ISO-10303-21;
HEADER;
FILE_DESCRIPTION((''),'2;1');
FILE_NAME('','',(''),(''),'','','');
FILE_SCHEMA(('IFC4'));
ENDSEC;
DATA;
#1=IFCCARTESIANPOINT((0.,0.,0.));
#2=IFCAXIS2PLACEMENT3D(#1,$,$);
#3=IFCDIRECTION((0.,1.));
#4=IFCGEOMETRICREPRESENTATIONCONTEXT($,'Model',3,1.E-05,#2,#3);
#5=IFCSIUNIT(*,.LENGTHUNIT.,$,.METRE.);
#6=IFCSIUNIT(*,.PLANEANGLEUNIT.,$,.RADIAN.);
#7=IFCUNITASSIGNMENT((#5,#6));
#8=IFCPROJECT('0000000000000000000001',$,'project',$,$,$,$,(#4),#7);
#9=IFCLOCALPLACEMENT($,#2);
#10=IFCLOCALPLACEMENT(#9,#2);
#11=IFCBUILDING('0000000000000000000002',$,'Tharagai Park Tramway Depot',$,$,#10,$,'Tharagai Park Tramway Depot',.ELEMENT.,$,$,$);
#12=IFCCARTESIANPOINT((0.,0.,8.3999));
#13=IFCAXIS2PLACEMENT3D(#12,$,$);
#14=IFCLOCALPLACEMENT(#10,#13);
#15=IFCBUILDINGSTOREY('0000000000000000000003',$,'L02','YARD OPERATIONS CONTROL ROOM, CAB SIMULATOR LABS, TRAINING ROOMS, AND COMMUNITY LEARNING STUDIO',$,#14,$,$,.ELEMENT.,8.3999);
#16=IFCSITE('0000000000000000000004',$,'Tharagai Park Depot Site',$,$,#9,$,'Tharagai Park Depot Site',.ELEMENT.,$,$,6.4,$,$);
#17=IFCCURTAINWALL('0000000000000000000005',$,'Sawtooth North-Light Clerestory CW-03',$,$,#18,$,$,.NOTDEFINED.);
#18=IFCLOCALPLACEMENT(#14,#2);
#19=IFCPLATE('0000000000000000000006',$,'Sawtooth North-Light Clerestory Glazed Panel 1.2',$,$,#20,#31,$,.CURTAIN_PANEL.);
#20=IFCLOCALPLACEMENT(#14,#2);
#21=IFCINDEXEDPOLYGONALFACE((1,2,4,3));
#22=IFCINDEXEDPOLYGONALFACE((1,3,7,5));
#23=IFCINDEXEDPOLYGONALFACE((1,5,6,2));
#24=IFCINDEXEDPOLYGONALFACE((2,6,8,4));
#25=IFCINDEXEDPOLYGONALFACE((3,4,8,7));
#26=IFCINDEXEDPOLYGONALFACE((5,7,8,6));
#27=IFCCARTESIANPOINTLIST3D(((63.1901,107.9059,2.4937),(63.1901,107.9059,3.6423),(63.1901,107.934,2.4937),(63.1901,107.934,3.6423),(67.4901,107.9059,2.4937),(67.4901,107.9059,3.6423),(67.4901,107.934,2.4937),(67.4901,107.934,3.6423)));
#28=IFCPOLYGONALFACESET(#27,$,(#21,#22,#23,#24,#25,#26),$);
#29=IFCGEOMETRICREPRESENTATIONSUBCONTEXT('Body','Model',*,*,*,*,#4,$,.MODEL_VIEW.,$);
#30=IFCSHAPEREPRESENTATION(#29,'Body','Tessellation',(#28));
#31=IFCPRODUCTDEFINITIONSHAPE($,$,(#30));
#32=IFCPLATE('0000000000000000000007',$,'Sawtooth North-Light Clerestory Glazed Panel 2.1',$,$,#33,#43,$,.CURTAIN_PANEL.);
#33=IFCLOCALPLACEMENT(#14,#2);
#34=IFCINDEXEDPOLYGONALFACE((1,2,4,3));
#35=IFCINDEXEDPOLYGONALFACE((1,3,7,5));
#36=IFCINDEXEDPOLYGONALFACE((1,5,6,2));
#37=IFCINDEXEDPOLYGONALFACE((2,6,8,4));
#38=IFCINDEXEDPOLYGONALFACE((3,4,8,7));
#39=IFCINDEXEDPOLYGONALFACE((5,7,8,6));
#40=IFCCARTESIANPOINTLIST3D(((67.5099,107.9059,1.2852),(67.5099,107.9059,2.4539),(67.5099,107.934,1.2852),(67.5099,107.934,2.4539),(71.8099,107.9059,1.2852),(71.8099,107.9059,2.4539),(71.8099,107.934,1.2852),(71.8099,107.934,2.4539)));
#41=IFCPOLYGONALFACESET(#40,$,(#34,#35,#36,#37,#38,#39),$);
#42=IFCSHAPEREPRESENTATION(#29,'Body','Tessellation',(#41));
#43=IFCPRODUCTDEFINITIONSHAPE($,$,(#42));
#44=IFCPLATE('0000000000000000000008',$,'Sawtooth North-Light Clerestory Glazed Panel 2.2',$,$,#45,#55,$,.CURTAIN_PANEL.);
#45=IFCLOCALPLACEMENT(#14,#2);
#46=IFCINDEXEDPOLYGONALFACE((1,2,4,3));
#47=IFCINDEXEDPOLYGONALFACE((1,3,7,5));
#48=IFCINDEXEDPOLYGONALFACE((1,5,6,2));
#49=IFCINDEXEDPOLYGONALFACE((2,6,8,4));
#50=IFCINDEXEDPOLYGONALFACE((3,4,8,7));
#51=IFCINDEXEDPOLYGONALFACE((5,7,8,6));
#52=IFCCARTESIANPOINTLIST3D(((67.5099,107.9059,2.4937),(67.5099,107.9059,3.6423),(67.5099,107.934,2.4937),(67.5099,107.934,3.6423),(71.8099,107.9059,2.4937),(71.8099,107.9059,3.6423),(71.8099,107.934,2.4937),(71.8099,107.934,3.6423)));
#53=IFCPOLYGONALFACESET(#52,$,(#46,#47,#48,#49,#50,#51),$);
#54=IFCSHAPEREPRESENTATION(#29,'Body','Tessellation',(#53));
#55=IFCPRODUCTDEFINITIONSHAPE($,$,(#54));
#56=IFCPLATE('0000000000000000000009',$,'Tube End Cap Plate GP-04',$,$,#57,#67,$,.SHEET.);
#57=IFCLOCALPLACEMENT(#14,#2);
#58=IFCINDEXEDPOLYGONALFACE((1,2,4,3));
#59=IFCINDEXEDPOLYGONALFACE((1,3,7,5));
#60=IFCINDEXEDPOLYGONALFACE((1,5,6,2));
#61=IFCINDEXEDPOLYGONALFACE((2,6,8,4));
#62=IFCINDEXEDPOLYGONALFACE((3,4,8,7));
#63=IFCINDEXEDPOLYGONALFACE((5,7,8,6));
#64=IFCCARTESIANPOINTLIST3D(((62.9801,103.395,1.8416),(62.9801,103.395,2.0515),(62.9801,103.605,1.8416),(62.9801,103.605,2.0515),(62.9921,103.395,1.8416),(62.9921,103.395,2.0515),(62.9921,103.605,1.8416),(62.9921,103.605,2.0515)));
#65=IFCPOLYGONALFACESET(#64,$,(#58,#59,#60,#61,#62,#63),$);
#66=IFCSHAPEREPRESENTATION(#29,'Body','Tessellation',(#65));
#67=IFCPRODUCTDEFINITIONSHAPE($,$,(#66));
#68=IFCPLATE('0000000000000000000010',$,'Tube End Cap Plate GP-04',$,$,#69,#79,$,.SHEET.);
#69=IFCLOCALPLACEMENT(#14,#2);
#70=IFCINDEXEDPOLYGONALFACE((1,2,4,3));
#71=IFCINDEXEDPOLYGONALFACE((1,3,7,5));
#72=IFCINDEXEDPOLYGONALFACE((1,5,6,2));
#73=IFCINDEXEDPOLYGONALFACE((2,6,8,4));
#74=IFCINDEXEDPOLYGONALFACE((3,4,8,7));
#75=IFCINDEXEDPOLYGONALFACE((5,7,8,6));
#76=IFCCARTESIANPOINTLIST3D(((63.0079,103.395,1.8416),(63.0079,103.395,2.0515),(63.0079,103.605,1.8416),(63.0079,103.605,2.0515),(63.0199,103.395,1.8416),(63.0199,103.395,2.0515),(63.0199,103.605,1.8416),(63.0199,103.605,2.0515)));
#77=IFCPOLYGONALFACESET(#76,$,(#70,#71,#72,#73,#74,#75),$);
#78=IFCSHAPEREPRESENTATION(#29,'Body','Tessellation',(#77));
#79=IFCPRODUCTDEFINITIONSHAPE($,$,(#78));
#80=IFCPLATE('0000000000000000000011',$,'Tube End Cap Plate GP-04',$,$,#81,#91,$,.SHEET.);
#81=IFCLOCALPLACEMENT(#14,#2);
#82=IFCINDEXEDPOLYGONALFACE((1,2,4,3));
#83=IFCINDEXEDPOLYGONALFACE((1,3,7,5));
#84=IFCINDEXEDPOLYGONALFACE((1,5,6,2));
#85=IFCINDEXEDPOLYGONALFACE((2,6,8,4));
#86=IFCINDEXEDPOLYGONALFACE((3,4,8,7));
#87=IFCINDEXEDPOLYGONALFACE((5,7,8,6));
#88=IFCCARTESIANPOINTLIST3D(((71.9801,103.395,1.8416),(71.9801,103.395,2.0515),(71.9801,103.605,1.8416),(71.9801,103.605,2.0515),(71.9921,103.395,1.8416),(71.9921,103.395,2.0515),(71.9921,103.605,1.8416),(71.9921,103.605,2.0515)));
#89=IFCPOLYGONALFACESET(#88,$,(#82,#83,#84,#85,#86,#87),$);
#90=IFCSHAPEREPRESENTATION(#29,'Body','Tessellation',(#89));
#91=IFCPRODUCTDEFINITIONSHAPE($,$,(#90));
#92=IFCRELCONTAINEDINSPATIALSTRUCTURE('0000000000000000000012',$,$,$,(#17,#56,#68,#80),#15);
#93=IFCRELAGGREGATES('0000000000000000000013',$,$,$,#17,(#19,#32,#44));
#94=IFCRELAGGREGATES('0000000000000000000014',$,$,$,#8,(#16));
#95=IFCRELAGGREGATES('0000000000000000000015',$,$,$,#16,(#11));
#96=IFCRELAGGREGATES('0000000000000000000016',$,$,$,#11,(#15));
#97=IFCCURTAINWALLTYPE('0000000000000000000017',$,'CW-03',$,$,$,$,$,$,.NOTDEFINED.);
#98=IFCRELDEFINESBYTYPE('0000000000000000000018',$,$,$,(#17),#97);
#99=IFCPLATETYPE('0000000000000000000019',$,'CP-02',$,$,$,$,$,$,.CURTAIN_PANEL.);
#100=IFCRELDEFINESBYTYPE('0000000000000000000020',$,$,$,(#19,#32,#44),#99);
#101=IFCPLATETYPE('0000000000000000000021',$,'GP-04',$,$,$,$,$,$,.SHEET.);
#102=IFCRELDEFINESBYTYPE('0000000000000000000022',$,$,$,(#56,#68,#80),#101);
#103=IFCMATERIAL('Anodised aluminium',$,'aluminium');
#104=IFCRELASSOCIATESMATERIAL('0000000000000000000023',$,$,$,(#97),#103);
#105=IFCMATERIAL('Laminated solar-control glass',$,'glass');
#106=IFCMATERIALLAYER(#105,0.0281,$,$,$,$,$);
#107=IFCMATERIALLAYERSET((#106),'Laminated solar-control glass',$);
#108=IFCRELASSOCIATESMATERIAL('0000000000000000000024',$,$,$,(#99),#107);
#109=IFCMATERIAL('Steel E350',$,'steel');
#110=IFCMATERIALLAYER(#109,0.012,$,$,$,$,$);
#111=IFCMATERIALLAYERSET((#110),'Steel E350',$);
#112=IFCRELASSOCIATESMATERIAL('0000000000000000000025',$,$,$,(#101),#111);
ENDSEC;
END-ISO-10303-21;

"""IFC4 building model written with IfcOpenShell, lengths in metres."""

from ifc_helpers import new_model, si_unit, direction, frame, origin, origin_2d, place, context, subcontext, project, spatial, rectangle, extrude, material, layer, layer_set, type_object, element, aggregate, save


model = new_model("IFC4")

# Units and contexts
model_context = context("Model", 3, precision=1e-05, world=origin(), true_north=direction((0.0, 1.0)))
body_context = subcontext(model_context, "Body", "Model", "MODEL_VIEW")
ifc_project = project(units=[si_unit("LENGTHUNIT", "METRE"), si_unit("PLANEANGLEUNIT", "RADIAN")], contexts=[model_context])

# Site, building, storey
site_placement = place(None, origin())
site = spatial("IfcSite", under=ifc_project, at=site_placement, Name="Tharagai Park Depot Site", LongName="Tharagai Park Depot Site", CompositionType="ELEMENT", RefElevation=6.4)
building_placement = place(site_placement, origin())
building = spatial("IfcBuilding", under=site, at=building_placement, Name="Tharagai Park Tramway Depot", LongName="Tharagai Park Tramway Depot", CompositionType="ELEMENT")
storey_placement = place(building_placement, frame((0.0, 0.0, 8.3999)))
storey = spatial("IfcBuildingStorey", under=building, at=storey_placement, Name="L02", Description="YARD OPERATIONS CONTROL ROOM, CAB SIMULATOR LABS, TRAINING ROOMS, AND COMMUNITY LEARNING STUDIO", CompositionType="ELEMENT", Elevation=8.3999)

# Shared definitions
ifc_material_1 = material(Name="Steel E350", Category="steel")

# Curtain wall
ifc_material_2 = material(Name="Anodised aluminium", Category="aluminium")
curtain_wall_type = type_object("IfcCurtainWallType", Name="CW-03", PredefinedType="NOTDEFINED", material=ifc_material_2)
curtain_wall_1_placement = place(storey_placement, origin())
curtain_wall_1 = element("IfcCurtainWall", 1, at=curtain_wall_1_placement, inside=storey, type_object=curtain_wall_type, Name="Sawtooth North-Light Clerestory CW-03", PredefinedType="NOTDEFINED")

# Plates
ifc_material_3 = material(Name="Laminated solar-control glass", Category="glass")
ifc_layer_1 = layer(ifc_material_3, 0.0281)
ifc_layer_set_1 = layer_set([ifc_layer_1], Name="Laminated solar-control glass")
plate_type_1 = type_object("IfcPlateType", Name="CP-02", PredefinedType="CURTAIN_PANEL", material=ifc_layer_set_1)
plate_1_placement = place(storey_placement, frame((65.3401, 107.9199, 2.4937), z_axis=(0.0, 0.0, 1.0), x_axis=(1.0, 0.0, 0.0)))
plate_1 = element("IfcPlate", 2, at=plate_1_placement, type_object=plate_type_1, Name="Sawtooth North-Light Clerestory Glazed Panel 1.2", PredefinedType="CURTAIN_PANEL", context=body_context, shape_type="SweptSolid", body=[
    extrude(rectangle(XDim=4.3, YDim=0.0281, at=origin_2d()), origin(), (0.0, 0.0, 1.0), 1.1487),
])
plate_2_placement = place(storey_placement, frame((69.6599, 107.9199, 1.2852), z_axis=(0.0, 0.0, 1.0), x_axis=(1.0, 0.0, 0.0)))
plate_2 = element("IfcPlate", 3, at=plate_2_placement, type_object=plate_type_1, Name="Sawtooth North-Light Clerestory Glazed Panel 2.1", PredefinedType="CURTAIN_PANEL", context=body_context, shape_type="SweptSolid", body=[
    extrude(rectangle(XDim=4.3, YDim=0.0281, at=origin_2d()), origin(), (0.0, 0.0, 1.0), 1.1687),
])
plate_3_placement = place(storey_placement, frame((69.6599, 107.9199, 2.4937), z_axis=(0.0, 0.0, 1.0), x_axis=(1.0, 0.0, 0.0)))
plate_3 = element("IfcPlate", 4, at=plate_3_placement, type_object=plate_type_1, Name="Sawtooth North-Light Clerestory Glazed Panel 2.2", PredefinedType="CURTAIN_PANEL", context=body_context, shape_type="SweptSolid", body=[
    extrude(rectangle(XDim=4.3, YDim=0.0281, at=origin_2d()), origin(), (0.0, 0.0, 1.0), 1.1487),
])
aggregate(curtain_wall_1, [plate_1, plate_2, plate_3])

# Plates
ifc_layer_2 = layer(ifc_material_1, 0.012)
ifc_layer_set_2 = layer_set([ifc_layer_2], Name="Steel E350")
plate_type_2 = type_object("IfcPlateType", Name="GP-04", PredefinedType="SHEET", material=ifc_layer_set_2)
for number, where, z_axis, x_axis, name in (
    (5, (62.9861, 103.5, 1.8416), (0.0, 0.0, 1.0), (1.0, 0.0, 0.0), "Tube End Cap Plate GP-04"),
    (6, (63.0139, 103.5, 1.8416), (0.0, 0.0, 1.0), (1.0, 0.0, 0.0), "Tube End Cap Plate GP-04"),
    (7, (71.9861, 103.5, 1.8416), (0.0, 0.0, 1.0), (1.0, 0.0, 0.0), "Tube End Cap Plate GP-04"),
):
    element("IfcPlate", number, at=place(storey_placement, frame(where, z_axis=z_axis, x_axis=x_axis)), inside=storey, type_object=plate_type_2, Name=name, PredefinedType="SHEET", context=body_context, shape_type="SweptSolid", body=[
        extrude(rectangle(XDim=0.012, YDim=0.21, at=origin_2d()), origin(), (0.0, 0.0, 1.0), 0.21),
    ])

save(model, "model.ifc")
